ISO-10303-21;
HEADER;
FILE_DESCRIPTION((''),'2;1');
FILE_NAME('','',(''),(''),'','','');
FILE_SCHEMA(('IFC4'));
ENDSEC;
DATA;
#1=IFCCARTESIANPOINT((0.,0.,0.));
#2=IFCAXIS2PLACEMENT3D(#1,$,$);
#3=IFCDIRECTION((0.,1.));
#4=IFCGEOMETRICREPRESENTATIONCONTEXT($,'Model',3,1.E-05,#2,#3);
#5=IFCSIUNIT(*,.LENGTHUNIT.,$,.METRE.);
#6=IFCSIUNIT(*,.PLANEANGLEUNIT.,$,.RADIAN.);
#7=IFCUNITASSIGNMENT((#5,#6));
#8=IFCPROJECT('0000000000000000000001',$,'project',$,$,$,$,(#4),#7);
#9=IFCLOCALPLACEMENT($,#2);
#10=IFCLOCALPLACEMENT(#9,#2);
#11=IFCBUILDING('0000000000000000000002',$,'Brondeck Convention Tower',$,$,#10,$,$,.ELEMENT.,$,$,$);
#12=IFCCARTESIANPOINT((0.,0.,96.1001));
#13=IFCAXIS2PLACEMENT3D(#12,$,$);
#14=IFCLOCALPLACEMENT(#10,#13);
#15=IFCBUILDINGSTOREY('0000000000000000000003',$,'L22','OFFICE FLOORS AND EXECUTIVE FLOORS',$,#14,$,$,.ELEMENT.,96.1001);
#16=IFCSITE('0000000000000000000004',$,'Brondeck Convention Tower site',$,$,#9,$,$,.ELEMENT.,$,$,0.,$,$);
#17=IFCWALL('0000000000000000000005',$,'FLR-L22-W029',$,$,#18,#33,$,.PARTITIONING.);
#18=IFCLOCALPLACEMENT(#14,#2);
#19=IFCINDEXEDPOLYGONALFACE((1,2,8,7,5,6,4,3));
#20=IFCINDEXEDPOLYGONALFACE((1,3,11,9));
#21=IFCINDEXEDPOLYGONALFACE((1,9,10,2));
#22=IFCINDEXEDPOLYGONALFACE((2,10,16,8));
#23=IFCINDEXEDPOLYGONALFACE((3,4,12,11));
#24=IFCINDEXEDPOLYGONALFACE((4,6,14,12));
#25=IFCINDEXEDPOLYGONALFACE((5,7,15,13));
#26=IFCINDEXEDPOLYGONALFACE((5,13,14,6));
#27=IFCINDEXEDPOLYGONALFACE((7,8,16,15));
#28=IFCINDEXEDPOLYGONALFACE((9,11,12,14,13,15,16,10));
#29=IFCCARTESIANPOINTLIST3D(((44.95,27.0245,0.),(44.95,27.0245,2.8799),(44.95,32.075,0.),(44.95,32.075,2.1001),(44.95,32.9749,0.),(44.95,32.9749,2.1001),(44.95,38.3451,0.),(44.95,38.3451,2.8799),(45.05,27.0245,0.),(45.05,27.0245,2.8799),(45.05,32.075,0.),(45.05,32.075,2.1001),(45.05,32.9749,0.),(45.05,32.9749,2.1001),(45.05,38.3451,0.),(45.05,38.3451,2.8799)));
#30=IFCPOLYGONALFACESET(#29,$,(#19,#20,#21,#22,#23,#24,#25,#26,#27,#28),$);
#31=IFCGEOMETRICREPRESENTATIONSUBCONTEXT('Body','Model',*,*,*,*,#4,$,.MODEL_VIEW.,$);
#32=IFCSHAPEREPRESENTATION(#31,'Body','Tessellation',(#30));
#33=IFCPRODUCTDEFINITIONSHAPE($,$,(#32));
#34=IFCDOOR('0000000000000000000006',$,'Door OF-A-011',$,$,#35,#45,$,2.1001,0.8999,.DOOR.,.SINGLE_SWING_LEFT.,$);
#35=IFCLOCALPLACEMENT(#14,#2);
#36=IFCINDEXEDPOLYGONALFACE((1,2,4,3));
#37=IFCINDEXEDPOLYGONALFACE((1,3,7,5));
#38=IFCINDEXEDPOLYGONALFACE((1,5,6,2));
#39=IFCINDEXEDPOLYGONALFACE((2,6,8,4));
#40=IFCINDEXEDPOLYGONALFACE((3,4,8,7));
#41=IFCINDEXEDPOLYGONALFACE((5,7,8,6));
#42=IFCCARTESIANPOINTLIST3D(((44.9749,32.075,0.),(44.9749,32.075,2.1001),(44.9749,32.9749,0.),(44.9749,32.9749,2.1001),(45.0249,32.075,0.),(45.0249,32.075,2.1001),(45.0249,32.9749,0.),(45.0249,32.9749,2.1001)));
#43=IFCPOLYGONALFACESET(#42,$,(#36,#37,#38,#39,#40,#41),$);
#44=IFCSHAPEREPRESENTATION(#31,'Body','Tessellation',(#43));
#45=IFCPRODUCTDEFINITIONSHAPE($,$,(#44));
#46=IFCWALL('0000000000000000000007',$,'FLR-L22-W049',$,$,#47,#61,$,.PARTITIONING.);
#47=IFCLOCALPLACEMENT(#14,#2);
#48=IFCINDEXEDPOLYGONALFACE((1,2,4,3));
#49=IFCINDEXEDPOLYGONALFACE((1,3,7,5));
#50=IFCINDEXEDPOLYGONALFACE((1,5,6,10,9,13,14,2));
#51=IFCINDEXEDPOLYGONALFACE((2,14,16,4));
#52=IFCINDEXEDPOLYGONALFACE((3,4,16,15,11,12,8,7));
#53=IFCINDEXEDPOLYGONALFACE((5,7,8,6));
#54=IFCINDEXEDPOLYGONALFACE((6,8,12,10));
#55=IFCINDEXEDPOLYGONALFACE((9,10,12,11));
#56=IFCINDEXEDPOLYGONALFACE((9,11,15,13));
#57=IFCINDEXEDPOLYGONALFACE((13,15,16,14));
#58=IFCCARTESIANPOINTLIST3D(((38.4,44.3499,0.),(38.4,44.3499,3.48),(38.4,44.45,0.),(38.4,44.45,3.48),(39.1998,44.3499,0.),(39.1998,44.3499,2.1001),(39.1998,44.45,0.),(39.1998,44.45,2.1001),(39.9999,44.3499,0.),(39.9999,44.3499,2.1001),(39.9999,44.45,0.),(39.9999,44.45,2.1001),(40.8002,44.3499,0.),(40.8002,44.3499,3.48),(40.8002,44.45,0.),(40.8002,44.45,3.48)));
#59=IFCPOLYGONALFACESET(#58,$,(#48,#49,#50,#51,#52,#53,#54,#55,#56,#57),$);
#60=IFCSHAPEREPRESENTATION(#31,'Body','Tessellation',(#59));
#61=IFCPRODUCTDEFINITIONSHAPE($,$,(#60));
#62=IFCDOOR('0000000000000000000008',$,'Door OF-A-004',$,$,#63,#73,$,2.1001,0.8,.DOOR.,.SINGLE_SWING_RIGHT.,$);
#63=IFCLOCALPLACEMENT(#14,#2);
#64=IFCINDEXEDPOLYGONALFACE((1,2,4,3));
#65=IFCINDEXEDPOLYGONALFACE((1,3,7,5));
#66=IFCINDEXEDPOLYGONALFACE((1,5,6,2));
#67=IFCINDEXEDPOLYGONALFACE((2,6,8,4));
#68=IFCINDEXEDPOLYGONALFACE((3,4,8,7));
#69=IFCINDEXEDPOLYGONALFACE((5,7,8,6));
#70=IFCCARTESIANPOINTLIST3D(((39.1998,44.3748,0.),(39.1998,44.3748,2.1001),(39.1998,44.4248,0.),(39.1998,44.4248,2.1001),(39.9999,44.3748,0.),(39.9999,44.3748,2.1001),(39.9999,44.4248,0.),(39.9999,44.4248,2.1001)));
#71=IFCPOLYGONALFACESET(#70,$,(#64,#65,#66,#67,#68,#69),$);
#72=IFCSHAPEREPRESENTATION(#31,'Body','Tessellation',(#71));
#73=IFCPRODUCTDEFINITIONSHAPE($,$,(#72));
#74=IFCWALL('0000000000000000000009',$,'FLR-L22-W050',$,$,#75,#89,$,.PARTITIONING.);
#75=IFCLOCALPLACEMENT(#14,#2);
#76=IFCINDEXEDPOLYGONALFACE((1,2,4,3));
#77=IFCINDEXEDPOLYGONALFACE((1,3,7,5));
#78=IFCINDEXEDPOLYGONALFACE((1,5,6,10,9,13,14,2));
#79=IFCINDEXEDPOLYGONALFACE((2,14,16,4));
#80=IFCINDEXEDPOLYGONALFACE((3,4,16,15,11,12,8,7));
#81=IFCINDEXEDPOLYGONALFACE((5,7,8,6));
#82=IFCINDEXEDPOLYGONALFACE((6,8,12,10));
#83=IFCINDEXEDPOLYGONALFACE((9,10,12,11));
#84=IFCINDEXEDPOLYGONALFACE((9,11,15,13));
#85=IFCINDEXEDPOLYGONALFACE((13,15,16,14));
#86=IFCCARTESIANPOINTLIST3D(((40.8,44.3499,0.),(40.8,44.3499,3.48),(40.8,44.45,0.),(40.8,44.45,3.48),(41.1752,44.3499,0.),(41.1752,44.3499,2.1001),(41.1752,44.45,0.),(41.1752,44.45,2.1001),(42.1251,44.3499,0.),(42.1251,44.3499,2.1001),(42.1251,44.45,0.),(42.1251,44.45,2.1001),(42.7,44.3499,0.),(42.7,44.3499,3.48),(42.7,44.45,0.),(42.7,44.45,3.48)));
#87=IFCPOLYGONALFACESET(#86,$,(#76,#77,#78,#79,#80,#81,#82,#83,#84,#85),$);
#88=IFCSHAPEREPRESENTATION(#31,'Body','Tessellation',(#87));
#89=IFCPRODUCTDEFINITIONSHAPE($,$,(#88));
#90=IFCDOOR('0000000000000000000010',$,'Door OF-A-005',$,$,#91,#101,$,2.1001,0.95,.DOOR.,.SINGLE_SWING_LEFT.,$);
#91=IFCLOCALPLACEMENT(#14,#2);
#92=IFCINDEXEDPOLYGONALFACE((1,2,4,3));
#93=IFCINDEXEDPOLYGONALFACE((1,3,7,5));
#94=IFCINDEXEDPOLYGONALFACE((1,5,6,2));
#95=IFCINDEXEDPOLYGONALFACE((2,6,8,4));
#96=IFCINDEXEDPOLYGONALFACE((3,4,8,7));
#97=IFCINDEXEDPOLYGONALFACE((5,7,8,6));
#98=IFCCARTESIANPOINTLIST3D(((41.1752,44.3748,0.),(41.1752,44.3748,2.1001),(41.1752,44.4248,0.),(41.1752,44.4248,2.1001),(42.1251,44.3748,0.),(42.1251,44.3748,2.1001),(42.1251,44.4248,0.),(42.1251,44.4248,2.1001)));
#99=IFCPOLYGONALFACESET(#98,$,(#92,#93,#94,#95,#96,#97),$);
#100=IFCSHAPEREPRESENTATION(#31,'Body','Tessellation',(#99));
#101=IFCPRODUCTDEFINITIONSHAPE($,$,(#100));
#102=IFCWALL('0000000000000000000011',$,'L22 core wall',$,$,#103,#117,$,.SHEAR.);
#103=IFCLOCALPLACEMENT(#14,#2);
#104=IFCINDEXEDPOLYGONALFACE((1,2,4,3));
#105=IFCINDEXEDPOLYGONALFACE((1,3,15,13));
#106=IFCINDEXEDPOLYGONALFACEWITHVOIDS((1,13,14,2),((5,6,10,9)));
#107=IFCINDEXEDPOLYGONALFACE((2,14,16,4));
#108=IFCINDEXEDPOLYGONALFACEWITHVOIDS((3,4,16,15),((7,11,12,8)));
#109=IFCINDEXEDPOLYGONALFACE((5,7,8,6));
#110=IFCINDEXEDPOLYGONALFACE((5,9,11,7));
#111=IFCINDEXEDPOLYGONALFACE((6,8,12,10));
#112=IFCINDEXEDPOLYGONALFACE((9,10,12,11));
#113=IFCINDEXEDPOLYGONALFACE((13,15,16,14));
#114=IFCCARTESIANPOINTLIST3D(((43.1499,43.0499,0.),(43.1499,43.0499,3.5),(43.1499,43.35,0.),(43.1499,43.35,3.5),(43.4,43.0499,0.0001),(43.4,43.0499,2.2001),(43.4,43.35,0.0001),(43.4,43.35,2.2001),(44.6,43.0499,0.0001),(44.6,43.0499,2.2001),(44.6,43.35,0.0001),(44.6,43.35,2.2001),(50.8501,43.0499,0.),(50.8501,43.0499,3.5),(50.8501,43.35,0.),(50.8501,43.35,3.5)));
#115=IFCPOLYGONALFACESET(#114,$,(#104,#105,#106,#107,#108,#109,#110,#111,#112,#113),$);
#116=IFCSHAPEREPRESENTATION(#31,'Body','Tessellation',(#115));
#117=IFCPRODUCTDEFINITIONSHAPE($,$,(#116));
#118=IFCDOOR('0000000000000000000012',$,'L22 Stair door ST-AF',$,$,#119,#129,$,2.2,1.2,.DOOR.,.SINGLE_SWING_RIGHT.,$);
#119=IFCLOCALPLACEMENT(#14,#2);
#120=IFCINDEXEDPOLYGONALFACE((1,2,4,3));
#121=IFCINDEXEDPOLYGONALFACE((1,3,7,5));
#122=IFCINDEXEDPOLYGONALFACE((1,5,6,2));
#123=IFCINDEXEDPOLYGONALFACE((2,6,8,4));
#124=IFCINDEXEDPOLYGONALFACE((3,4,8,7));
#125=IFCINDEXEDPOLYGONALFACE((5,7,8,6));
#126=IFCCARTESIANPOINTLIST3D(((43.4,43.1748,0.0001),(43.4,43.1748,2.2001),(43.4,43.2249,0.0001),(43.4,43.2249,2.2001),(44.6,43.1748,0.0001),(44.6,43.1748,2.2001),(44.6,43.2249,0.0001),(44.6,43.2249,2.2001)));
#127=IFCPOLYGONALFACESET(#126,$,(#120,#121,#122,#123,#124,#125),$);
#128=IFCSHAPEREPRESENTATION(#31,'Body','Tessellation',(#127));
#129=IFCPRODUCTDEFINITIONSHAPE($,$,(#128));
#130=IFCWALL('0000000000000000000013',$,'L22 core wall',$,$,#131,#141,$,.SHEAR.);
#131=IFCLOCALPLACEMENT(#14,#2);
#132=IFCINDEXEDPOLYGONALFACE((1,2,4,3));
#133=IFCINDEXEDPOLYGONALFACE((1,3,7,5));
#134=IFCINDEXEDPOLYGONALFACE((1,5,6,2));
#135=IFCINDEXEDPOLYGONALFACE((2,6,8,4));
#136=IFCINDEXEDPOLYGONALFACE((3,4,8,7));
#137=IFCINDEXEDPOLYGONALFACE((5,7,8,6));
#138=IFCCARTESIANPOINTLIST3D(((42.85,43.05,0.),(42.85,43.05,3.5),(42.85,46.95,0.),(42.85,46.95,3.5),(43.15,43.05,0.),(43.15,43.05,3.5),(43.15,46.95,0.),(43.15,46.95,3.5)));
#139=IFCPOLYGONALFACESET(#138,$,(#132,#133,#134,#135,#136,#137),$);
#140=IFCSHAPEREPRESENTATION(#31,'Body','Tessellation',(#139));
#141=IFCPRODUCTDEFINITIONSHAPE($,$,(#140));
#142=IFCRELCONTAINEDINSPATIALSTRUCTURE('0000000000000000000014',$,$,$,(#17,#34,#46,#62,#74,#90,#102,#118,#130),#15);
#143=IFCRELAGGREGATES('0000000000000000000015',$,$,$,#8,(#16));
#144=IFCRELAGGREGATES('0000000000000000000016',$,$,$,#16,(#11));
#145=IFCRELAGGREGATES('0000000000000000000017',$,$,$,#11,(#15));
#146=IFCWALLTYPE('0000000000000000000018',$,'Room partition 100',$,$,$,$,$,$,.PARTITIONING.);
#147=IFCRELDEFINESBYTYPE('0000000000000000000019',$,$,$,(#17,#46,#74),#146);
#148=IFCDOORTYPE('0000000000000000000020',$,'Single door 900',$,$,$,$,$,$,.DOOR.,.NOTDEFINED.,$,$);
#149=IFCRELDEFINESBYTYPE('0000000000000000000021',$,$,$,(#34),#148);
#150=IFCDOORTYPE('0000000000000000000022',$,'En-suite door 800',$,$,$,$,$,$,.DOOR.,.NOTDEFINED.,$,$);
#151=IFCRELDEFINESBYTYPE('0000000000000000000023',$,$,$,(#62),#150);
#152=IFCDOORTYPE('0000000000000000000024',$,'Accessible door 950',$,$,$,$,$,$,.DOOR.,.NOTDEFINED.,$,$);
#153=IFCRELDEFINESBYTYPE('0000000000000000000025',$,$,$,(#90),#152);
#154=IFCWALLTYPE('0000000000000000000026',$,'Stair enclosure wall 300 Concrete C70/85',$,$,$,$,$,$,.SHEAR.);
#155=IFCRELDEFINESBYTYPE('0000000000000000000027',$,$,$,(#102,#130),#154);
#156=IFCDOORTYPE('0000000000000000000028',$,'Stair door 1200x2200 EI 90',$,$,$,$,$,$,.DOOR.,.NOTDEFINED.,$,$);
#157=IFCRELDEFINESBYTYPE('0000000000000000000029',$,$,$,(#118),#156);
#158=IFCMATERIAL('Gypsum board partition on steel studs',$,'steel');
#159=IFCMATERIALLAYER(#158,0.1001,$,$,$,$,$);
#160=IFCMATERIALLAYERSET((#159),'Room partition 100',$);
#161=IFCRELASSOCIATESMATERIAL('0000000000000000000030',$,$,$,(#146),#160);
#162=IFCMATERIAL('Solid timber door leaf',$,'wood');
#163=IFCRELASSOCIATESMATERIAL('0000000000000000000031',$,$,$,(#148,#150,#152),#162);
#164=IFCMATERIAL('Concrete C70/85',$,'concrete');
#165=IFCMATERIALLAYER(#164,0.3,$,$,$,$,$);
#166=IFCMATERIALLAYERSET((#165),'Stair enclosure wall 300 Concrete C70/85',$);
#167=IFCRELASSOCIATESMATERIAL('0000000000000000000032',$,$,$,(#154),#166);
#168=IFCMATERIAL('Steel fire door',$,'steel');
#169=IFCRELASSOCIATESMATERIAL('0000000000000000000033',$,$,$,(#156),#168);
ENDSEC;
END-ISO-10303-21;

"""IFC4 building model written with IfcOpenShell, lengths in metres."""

from ifc_helpers import new_model, si_unit, direction, frame, frame_2d, origin, place, context, subcontext, project, spatial, rectangle, extrude, material, layer, layer_set, type_object, element, fill, save


model = new_model("IFC4")

# Units and contexts
model_context = context("Model", 3, precision=1e-05, world=origin(), true_north=direction((0.0, 1.0)))
body_context = subcontext(model_context, "Body", "Model", "MODEL_VIEW")
ifc_project = project(units=[si_unit("LENGTHUNIT", "METRE"), si_unit("PLANEANGLEUNIT", "RADIAN")], contexts=[model_context])

# Site, building, storey
site_placement = place(None, origin())
site = spatial("IfcSite", under=ifc_project, at=site_placement, Name="Brondeck Convention Tower site", CompositionType="ELEMENT", RefElevation=0.0)
building_placement = place(site_placement, origin())
building = spatial("IfcBuilding", under=site, at=building_placement, Name="Brondeck Convention Tower", CompositionType="ELEMENT")
storey_placement = place(building_placement, frame((0.0, 0.0, 96.1001)))
storey = spatial("IfcBuildingStorey", under=building, at=storey_placement, Name="L22", Description="OFFICE FLOORS AND EXECUTIVE FLOORS", CompositionType="ELEMENT", Elevation=96.1001)

# Shared definitions
ifc_material_1 = material(Name="Concrete C70/85", Category="concrete")

# Walls, openings, doors
ifc_material_2 = material(Name="Gypsum board partition on steel studs", Category="steel")
ifc_layer_1 = layer(ifc_material_2, 0.1001)
ifc_layer_set_1 = layer_set([ifc_layer_1], Name="Room partition 100")
wall_type_1 = type_object("IfcWallType", Name="Room partition 100", PredefinedType="PARTITIONING", material=ifc_layer_set_1)
wall_1_placement = place(storey_placement, frame((45.0, 38.345, 0.0), z_axis=(0.0, 0.0, 1.0), x_axis=(0.0, -1.0, 0.0)))
wall_1 = element("IfcWall", 1, at=wall_1_placement, inside=storey, type_object=wall_type_1, Name="FLR-L22-W029", PredefinedType="PARTITIONING", context=body_context, shape_type="SweptSolid", body=[
    extrude(rectangle(XDim=11.3206, YDim=0.1001, at=frame_2d((5.6602, 0.0))), origin(), (0.0, 0.0, 1.0), 2.8799),
])
opening_1_placement = place(wall_1_placement, frame((5.3701, 0.0, 0.0)))
opening_1 = element("IfcOpeningElement", 2, at=opening_1_placement, cuts=wall_1, PredefinedType="OPENING", context=body_context, shape_type="SweptSolid", body=[
    extrude(rectangle(XDim=0.8999, YDim=2.1001, at=frame_2d((0.45, 1.05))), frame((0.0, 0.0601, 0.0), z_axis=(0.0, -1.0, 0.0), x_axis=(1.0, 0.0, 0.0)), (0.0, 0.0, 1.0), 0.1201),
])
ifc_material_3 = material(Name="Solid timber door leaf", Category="wood")
door_type_1 = type_object("IfcDoorType", Name="Single door 900", OperationType="NOTDEFINED", PredefinedType="DOOR", material=ifc_material_3)
door_1_placement = place(opening_1_placement, origin())
door_1 = element("IfcDoor", 3, at=door_1_placement, inside=storey, type_object=door_type_1, Name="Door OF-A-011", OperationType="SINGLE_SWING_LEFT", OverallHeight=2.1001, OverallWidth=0.8999, PredefinedType="DOOR", context=body_context, shape_type="SweptSolid", body=[
    extrude(rectangle(XDim=0.8999, YDim=2.1001, at=frame_2d((0.45, 1.05))), frame((0.0, 0.0249, 0.0), z_axis=(0.0, -1.0, 0.0), x_axis=(1.0, 0.0, 0.0)), (0.0, 0.0, 1.0), 0.05),
])
fill(opening_1, door_1)
wall_2_placement = place(storey_placement, frame((38.3999, 44.3999, 0.0), z_axis=(0.0, 0.0, 1.0), x_axis=(1.0, 0.0, 0.0)))
wall_2 = element("IfcWall", 4, at=wall_2_placement, inside=storey, type_object=wall_type_1, Name="FLR-L22-W049", PredefinedType="PARTITIONING", context=body_context, shape_type="SweptSolid", body=[
    extrude(rectangle(XDim=2.4001, YDim=0.1001, at=frame_2d((1.2002, 0.0))), origin(), (0.0, 0.0, 1.0), 3.48),
])
opening_2_placement = place(wall_2_placement, frame((0.8, 0.0, 0.0)))
opening_2 = element("IfcOpeningElement", 5, at=opening_2_placement, cuts=wall_2, PredefinedType="OPENING", context=body_context, shape_type="SweptSolid", body=[
    extrude(rectangle(XDim=0.8, YDim=2.1001, at=frame_2d((0.3999, 1.05))), frame((0.0, 0.0601, 0.0), z_axis=(0.0, -1.0, 0.0), x_axis=(1.0, 0.0, 0.0)), (0.0, 0.0, 1.0), 0.1201),
])
door_type_2 = type_object("IfcDoorType", Name="En-suite door 800", OperationType="NOTDEFINED", PredefinedType="DOOR", material=ifc_material_3)
door_2_placement = place(opening_2_placement, origin())
door_2 = element("IfcDoor", 6, at=door_2_placement, inside=storey, type_object=door_type_2, Name="Door OF-A-004", OperationType="SINGLE_SWING_RIGHT", OverallHeight=2.1001, OverallWidth=0.8, PredefinedType="DOOR", context=body_context, shape_type="SweptSolid", body=[
    extrude(rectangle(XDim=0.8, YDim=2.1001, at=frame_2d((0.3999, 1.05))), frame((0.0, 0.0249, 0.0), z_axis=(0.0, -1.0, 0.0), x_axis=(1.0, 0.0, 0.0)), (0.0, 0.0, 1.0), 0.05),
])
fill(opening_2, door_2)
wall_3_placement = place(storey_placement, frame((40.8, 44.3999, 0.0), z_axis=(0.0, 0.0, 1.0), x_axis=(1.0, 0.0, 0.0)))
wall_3 = element("IfcWall", 7, at=wall_3_placement, inside=storey, type_object=wall_type_1, Name="FLR-L22-W050", PredefinedType="PARTITIONING", context=body_context, shape_type="SweptSolid", body=[
    extrude(rectangle(XDim=1.8999, YDim=0.1001, at=frame_2d((0.95, 0.0))), origin(), (0.0, 0.0, 1.0), 3.48),
])
opening_3_placement = place(wall_3_placement, frame((0.375, 0.0, 0.0)))
opening_3 = element("IfcOpeningElement", 8, at=opening_3_placement, cuts=wall_3, PredefinedType="OPENING", context=body_context, shape_type="SweptSolid", body=[
    extrude(rectangle(XDim=0.95, YDim=2.1001, at=frame_2d((0.4751, 1.05))), frame((0.0, 0.0601, 0.0), z_axis=(0.0, -1.0, 0.0), x_axis=(1.0, 0.0, 0.0)), (0.0, 0.0, 1.0), 0.1201),
])
door_type_3 = type_object("IfcDoorType", Name="Accessible door 950", OperationType="NOTDEFINED", PredefinedType="DOOR", material=ifc_material_3)
door_3_placement = place(opening_3_placement, origin())
door_3 = element("IfcDoor", 9, at=door_3_placement, inside=storey, type_object=door_type_3, Name="Door OF-A-005", OperationType="SINGLE_SWING_LEFT", OverallHeight=2.1001, OverallWidth=0.95, PredefinedType="DOOR", context=body_context, shape_type="SweptSolid", body=[
    extrude(rectangle(XDim=0.95, YDim=2.1001, at=frame_2d((0.4751, 1.05))), frame((0.0, 0.0249, 0.0), z_axis=(0.0, -1.0, 0.0), x_axis=(1.0, 0.0, 0.0)), (0.0, 0.0, 1.0), 0.05),
])
fill(opening_3, door_3)
ifc_layer_2 = layer(ifc_material_1, 0.3)
ifc_layer_set_2 = layer_set([ifc_layer_2], Name="Stair enclosure wall 300 Concrete C70/85")
wall_type_2 = type_object("IfcWallType", Name="Stair enclosure wall 300 Concrete C70/85", PredefinedType="SHEAR", material=ifc_layer_set_2)
wall_4_placement = place(storey_placement, frame((43.1499, 43.2, 0.0), z_axis=(0.0, 0.0, 1.0), x_axis=(1.0, 0.0, 0.0)))
wall_4 = element("IfcWall", 10, at=wall_4_placement, inside=storey, type_object=wall_type_2, Name="L22 core wall", PredefinedType="SHEAR", context=body_context, shape_type="SweptSolid", body=[
    extrude(rectangle(XDim=7.7002, YDim=0.3, at=frame_2d((3.8501, 0.0))), origin(), (0.0, 0.0, 1.0), 3.5),
])
opening_4_placement = place(wall_4_placement, frame((0.25, 0.0, 0.0)))
opening_4 = element("IfcOpeningElement", 11, at=opening_4_placement, cuts=wall_4, PredefinedType="OPENING", context=body_context, shape_type="SweptSolid", body=[
    extrude(rectangle(XDim=1.2, YDim=2.2, at=frame_2d((0.6001, 1.1001))), frame((0.0, 0.1599, 0.0), z_axis=(0.0, -1.0, 0.0), x_axis=(1.0, 0.0, 0.0)), (0.0, 0.0, 1.0), 0.3201),
])
ifc_material_4 = material(Name="Steel fire door", Category="steel")
door_type_4 = type_object("IfcDoorType", Name="Stair door 1200x2200 EI 90", OperationType="NOTDEFINED", PredefinedType="DOOR", material=ifc_material_4)
door_4_placement = place(opening_4_placement, origin())
door_4 = element("IfcDoor", 12, at=door_4_placement, inside=storey, type_object=door_type_4, Name="L22 Stair door ST-AF", OperationType="SINGLE_SWING_RIGHT", OverallHeight=2.2, OverallWidth=1.2, PredefinedType="DOOR", context=body_context, shape_type="SweptSolid", body=[
    extrude(rectangle(XDim=1.2, YDim=2.2, at=frame_2d((0.6001, 1.1001))), frame((0.0, 0.0249, 0.0), z_axis=(0.0, -1.0, 0.0), x_axis=(1.0, 0.0, 0.0)), (0.0, 0.0, 1.0), 0.05),
])
fill(opening_4, door_4)

# Wall
wall_5_placement = place(storey_placement, frame((43.0, 43.05, 0.0), z_axis=(0.0, 0.0, 1.0), x_axis=(0.0, 1.0, 0.0)))
element("IfcWall", 13, at=wall_5_placement, inside=storey, type_object=wall_type_2, Name="L22 core wall", PredefinedType="SHEAR", context=body_context, shape_type="SweptSolid", body=[
    extrude(rectangle(XDim=3.8999, YDim=0.3, at=frame_2d((1.95, 0.0))), origin(), (0.0, 0.0, 1.0), 3.5),
])

save(model, "model.ifc")
